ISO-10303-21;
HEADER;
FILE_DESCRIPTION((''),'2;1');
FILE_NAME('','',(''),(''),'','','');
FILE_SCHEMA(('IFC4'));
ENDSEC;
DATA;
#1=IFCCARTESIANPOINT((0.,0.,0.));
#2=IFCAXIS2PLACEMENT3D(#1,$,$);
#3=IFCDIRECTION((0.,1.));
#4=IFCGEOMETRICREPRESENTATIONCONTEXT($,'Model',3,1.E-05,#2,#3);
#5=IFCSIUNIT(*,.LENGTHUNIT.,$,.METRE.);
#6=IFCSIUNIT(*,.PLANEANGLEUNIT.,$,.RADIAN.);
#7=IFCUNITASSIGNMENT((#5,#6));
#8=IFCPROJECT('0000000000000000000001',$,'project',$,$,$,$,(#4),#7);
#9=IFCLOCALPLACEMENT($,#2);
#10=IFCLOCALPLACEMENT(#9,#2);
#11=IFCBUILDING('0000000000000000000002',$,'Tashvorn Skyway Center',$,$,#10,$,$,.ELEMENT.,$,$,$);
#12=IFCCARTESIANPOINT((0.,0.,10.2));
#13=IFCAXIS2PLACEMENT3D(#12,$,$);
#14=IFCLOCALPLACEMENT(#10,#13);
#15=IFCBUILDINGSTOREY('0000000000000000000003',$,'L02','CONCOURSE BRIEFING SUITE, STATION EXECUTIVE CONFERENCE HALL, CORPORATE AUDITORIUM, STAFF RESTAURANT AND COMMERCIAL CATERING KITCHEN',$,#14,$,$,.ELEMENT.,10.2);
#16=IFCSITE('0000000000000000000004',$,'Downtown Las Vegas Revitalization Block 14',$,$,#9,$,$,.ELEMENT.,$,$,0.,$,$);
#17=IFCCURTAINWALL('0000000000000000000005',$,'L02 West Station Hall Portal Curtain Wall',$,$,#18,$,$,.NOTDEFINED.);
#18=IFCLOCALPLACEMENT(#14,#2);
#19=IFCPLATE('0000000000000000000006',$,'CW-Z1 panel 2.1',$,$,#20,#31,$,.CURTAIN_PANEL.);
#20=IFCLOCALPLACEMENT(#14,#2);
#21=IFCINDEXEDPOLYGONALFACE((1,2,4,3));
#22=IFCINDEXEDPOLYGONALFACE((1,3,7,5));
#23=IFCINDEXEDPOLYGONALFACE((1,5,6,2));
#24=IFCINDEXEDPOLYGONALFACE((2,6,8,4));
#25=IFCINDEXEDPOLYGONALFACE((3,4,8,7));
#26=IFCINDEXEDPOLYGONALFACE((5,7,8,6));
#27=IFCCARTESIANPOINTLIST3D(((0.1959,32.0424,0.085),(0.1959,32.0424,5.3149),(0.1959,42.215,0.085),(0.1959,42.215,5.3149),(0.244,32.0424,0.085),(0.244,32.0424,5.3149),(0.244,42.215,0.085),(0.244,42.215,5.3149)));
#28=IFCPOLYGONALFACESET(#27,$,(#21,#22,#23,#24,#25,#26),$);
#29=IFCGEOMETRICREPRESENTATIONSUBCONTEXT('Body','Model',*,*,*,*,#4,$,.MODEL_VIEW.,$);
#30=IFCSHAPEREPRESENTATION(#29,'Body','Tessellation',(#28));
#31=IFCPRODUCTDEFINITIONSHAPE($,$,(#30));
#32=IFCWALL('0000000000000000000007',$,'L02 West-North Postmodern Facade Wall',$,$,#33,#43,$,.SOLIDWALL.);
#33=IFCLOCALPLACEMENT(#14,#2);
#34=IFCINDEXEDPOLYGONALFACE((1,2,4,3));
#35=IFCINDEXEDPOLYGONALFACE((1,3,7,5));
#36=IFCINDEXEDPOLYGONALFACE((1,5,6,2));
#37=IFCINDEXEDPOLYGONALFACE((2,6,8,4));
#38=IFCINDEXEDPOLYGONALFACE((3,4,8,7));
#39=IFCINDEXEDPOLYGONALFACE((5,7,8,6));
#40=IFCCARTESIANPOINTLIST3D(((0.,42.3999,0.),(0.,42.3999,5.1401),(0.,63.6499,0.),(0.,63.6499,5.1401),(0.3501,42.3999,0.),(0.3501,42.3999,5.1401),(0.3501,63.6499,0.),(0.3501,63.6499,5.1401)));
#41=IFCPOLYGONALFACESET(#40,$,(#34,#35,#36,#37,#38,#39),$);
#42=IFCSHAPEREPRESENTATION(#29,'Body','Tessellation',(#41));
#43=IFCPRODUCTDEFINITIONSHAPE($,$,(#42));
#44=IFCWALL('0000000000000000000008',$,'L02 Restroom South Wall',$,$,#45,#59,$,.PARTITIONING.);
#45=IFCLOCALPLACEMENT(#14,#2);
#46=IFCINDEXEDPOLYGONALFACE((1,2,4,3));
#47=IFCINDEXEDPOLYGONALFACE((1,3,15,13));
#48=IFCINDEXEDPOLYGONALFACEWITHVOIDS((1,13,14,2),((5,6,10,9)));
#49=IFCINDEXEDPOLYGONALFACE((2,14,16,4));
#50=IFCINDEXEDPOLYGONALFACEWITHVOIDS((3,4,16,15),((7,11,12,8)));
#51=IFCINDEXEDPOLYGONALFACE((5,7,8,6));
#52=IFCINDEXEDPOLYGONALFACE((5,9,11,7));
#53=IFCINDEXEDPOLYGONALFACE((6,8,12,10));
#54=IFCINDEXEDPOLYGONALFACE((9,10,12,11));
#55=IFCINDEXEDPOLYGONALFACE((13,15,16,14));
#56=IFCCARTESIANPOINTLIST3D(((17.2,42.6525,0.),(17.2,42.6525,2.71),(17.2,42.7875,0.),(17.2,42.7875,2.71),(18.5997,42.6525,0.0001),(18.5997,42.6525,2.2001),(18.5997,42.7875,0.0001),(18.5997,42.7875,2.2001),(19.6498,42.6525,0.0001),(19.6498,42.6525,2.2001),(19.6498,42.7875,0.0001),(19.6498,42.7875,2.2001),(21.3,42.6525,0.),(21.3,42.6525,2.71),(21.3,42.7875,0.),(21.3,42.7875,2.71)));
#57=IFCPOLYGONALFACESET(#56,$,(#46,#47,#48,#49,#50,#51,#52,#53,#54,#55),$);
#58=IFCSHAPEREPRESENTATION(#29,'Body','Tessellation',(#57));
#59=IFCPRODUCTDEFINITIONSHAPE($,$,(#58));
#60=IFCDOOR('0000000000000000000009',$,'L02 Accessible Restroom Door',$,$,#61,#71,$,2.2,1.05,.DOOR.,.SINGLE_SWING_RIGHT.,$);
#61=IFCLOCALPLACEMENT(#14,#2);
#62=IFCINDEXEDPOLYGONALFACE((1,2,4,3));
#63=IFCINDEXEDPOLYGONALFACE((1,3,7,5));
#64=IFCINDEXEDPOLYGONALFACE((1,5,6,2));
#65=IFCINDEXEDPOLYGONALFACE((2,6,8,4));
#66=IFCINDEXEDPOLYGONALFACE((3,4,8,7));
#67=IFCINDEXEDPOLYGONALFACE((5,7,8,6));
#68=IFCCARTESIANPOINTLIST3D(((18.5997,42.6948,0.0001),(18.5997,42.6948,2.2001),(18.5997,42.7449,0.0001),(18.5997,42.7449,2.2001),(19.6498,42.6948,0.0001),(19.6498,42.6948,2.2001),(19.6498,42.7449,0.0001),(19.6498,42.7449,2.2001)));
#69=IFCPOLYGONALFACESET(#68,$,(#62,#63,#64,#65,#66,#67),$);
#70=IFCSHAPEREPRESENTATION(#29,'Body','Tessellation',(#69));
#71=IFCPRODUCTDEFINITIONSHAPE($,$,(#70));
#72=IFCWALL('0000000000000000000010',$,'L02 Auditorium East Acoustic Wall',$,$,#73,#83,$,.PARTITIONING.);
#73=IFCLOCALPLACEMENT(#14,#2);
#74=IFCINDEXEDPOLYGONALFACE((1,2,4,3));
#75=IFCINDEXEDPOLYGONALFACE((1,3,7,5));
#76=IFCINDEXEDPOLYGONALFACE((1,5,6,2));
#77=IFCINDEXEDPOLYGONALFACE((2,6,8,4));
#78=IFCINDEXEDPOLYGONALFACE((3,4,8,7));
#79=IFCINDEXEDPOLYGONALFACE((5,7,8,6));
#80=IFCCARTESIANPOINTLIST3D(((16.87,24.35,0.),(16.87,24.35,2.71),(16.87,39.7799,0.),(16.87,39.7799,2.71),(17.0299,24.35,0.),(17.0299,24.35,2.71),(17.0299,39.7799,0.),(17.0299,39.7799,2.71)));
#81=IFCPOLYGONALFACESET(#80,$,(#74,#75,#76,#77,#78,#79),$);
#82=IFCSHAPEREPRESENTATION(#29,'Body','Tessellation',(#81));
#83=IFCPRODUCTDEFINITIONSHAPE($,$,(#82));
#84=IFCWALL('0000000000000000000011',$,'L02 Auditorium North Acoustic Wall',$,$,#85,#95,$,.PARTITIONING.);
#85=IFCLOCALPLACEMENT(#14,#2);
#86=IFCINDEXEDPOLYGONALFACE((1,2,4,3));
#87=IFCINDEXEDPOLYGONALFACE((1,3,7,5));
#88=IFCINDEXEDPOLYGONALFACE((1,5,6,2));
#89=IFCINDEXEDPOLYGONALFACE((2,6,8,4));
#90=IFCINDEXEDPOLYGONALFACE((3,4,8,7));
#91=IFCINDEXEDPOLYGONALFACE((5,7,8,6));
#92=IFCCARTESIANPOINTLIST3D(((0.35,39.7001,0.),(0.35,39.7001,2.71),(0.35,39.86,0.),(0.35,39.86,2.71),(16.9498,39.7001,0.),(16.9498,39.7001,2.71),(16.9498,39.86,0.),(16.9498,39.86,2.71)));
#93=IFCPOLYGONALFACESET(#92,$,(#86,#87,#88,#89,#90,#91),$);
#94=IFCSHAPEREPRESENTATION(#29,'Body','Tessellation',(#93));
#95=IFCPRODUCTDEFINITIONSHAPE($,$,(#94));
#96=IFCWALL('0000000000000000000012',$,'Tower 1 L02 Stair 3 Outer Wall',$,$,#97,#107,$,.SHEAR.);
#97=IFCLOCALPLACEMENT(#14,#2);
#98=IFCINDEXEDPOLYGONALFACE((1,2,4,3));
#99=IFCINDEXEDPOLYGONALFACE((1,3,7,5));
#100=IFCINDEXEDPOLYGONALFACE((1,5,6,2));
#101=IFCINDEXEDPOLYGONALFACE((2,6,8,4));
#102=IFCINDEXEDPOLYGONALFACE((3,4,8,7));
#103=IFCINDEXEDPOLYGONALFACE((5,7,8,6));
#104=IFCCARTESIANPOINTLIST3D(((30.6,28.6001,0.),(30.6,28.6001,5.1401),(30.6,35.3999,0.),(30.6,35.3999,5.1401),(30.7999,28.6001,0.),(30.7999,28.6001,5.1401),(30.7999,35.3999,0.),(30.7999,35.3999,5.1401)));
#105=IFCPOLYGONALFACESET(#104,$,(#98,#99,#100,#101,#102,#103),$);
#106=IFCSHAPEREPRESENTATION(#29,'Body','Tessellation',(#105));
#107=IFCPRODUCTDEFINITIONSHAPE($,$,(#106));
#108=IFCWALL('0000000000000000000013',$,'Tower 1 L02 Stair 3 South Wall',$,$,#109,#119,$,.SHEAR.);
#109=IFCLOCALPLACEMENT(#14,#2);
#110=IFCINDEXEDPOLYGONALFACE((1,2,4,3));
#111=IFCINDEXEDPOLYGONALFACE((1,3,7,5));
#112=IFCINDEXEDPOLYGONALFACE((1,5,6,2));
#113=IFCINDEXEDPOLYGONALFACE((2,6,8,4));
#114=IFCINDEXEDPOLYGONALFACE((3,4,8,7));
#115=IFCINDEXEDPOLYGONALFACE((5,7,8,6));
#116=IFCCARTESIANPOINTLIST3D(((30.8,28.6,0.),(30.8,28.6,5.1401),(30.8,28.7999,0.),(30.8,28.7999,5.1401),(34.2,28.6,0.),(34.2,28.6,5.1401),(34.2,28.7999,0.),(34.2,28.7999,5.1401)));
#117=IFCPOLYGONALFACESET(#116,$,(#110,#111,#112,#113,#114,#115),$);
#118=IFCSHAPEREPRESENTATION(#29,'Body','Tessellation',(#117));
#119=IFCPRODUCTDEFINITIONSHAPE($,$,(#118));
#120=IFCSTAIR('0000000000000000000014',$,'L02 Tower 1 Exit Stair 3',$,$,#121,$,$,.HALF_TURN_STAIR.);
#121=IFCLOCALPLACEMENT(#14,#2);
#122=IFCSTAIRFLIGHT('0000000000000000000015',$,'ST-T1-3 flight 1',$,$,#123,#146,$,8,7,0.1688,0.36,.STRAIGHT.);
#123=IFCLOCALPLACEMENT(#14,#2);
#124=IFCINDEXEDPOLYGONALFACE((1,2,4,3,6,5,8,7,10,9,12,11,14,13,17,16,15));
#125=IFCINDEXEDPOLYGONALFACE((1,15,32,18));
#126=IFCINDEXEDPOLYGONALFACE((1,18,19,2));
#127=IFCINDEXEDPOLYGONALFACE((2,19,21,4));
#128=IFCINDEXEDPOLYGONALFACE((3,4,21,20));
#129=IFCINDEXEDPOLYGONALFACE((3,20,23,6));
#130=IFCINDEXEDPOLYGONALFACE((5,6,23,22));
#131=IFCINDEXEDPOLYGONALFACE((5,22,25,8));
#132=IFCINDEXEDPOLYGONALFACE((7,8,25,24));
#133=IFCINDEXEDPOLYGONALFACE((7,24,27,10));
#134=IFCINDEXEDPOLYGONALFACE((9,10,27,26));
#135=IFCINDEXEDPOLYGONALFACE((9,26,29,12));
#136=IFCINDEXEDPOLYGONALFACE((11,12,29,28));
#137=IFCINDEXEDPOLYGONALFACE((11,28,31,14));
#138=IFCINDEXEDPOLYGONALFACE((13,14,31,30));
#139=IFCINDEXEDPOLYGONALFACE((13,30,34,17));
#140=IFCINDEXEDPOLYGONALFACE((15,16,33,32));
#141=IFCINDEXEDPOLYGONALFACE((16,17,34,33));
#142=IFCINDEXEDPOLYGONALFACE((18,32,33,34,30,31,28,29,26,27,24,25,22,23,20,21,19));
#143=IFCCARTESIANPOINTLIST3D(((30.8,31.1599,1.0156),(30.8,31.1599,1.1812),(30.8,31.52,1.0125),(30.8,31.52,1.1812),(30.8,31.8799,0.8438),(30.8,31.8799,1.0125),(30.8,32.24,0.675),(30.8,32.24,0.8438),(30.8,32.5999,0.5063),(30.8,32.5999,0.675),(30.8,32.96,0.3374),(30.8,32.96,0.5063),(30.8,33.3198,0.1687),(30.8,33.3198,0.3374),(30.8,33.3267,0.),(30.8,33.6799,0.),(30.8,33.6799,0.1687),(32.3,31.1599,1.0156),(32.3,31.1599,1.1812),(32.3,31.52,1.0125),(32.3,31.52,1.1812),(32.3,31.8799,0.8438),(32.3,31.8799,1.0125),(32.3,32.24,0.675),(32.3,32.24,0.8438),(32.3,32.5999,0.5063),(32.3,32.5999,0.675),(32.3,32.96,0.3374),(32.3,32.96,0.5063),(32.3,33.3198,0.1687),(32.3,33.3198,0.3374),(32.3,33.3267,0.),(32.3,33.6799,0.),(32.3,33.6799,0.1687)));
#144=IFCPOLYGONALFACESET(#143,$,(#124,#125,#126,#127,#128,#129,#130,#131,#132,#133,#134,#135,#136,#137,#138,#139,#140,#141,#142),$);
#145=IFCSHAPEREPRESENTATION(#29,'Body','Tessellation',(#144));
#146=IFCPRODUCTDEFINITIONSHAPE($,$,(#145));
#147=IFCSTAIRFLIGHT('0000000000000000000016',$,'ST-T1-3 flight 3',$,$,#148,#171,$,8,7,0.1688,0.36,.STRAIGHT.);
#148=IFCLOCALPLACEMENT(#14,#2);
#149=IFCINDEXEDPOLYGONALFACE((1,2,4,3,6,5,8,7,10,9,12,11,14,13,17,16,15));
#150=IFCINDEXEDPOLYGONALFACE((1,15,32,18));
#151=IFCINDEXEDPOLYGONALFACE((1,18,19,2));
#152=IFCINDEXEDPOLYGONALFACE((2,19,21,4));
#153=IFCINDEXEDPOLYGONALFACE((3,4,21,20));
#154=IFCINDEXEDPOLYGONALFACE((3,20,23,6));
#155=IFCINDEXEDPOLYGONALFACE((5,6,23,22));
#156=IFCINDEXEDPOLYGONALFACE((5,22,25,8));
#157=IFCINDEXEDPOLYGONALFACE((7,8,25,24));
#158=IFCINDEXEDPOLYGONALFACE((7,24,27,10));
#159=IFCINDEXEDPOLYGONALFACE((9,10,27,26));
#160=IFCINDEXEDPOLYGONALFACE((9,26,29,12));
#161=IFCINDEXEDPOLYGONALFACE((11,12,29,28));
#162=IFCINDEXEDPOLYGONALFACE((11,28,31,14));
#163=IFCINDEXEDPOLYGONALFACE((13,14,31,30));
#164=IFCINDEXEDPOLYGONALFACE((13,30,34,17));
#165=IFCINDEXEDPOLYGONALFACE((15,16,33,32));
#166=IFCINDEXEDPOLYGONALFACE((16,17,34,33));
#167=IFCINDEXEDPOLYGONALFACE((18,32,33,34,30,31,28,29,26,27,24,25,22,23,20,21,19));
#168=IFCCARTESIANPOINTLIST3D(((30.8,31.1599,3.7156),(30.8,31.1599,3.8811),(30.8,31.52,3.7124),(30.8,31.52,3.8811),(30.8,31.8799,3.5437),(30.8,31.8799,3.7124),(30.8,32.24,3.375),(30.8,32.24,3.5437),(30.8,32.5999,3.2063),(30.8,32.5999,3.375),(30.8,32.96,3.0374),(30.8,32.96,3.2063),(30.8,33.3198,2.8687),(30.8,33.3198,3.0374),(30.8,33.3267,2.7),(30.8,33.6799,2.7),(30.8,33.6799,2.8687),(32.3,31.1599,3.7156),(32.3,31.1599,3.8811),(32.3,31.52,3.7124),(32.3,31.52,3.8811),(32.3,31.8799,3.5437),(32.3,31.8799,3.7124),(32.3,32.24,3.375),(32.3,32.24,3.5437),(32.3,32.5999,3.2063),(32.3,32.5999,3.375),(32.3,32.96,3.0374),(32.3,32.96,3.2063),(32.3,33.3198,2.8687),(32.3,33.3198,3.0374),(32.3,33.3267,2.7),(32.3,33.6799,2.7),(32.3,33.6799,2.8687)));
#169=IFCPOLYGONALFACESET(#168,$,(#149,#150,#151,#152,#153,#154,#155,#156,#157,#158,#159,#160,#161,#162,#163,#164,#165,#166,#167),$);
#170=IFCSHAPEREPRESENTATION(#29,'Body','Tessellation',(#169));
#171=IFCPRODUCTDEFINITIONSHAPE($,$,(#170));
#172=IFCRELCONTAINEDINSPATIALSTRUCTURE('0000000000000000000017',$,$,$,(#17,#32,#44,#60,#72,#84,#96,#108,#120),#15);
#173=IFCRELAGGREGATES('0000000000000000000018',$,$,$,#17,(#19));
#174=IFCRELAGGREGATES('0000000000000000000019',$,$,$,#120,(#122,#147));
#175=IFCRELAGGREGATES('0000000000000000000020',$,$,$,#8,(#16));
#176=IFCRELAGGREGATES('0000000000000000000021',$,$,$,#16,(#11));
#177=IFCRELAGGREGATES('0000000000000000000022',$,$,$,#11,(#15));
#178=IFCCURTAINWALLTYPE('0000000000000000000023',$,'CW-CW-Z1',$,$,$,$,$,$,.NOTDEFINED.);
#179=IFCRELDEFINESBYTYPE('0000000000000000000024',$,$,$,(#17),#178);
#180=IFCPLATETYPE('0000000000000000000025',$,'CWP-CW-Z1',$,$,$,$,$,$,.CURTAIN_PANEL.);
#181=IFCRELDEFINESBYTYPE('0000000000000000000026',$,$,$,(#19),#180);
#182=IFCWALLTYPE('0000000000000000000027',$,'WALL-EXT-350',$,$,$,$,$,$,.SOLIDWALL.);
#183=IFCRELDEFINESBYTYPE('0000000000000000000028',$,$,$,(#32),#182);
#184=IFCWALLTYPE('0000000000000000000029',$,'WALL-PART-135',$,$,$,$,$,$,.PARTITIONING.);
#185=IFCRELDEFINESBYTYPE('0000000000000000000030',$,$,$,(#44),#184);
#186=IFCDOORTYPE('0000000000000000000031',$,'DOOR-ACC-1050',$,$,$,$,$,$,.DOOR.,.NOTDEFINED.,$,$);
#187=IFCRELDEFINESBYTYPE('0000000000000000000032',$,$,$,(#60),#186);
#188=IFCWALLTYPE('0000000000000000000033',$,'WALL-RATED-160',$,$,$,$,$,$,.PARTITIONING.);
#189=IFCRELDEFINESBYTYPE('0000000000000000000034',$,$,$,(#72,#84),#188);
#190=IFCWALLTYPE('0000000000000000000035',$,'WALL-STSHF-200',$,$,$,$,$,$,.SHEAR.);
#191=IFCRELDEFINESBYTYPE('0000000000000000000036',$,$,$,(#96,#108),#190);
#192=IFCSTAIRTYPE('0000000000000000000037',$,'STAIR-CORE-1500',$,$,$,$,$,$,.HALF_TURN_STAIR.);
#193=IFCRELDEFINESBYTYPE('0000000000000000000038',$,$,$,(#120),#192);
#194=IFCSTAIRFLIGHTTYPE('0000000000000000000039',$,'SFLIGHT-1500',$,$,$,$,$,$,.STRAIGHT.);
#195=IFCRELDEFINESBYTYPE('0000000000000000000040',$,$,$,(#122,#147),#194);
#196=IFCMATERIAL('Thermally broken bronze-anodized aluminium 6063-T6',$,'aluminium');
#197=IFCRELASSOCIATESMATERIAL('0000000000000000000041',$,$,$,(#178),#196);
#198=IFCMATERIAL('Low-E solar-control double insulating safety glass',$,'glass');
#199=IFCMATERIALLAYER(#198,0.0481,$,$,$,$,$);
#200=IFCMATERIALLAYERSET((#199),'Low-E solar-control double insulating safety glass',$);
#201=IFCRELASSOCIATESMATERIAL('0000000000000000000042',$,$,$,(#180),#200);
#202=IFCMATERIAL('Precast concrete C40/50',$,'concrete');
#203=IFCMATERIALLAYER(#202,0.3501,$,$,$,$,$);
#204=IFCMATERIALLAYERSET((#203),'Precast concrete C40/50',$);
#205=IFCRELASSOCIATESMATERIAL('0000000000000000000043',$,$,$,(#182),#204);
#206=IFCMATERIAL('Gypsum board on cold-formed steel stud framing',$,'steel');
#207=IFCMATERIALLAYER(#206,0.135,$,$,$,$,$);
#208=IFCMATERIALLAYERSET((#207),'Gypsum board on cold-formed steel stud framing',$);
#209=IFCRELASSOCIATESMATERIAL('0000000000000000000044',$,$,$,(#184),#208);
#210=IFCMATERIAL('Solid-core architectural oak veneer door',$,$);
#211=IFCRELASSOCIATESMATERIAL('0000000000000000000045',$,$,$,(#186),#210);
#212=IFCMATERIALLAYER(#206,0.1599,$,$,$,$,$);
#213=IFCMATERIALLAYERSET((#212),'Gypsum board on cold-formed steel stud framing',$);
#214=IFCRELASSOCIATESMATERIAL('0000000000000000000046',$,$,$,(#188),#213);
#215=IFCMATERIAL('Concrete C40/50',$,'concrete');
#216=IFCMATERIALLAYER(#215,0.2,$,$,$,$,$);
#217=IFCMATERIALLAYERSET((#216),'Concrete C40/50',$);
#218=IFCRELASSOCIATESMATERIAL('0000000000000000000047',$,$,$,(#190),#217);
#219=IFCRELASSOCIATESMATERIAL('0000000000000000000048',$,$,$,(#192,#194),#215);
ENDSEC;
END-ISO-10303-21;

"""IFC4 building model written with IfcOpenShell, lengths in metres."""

from ifc_helpers import new_model, si_unit, direction, frame, frame_2d, origin, origin_2d, place, context, subcontext, project, spatial, polyline, rectangle, outline, extrude, material, layer, layer_set, type_object, element, fill, aggregate, save


model = new_model("IFC4")

# Units and contexts
model_context = context("Model", 3, precision=1e-05, world=origin(), true_north=direction((0.0, 1.0)))
body_context = subcontext(model_context, "Body", "Model", "MODEL_VIEW")
ifc_project = project(units=[si_unit("LENGTHUNIT", "METRE"), si_unit("PLANEANGLEUNIT", "RADIAN")], contexts=[model_context])

# Site, building, storey
site_placement = place(None, origin())
site = spatial("IfcSite", under=ifc_project, at=site_placement, Name="Downtown Las Vegas Revitalization Block 14", CompositionType="ELEMENT", RefElevation=0.0)
building_placement = place(site_placement, origin())
building = spatial("IfcBuilding", under=site, at=building_placement, Name="Tashvorn Skyway Center", CompositionType="ELEMENT")
storey_placement = place(building_placement, frame((0.0, 0.0, 10.2)))
storey = spatial("IfcBuildingStorey", under=building, at=storey_placement, Name="L02", Description="CONCOURSE BRIEFING SUITE, STATION EXECUTIVE CONFERENCE HALL, CORPORATE AUDITORIUM, STAFF RESTAURANT AND COMMERCIAL CATERING KITCHEN", CompositionType="ELEMENT", Elevation=10.2)

# Shared definitions
ifc_material_1 = material(Name="Precast concrete C40/50", Category="concrete")

# Curtain wall, plate
ifc_material_2 = material(Name="Thermally broken bronze-anodized aluminium 6063-T6", Category="aluminium")
curtain_wall_type = type_object("IfcCurtainWallType", Name="CW-CW-Z1", PredefinedType="NOTDEFINED", material=ifc_material_2)
curtain_wall_placement = place(storey_placement, origin())
curtain_wall = element("IfcCurtainWall", 1, at=curtain_wall_placement, inside=storey, type_object=curtain_wall_type, Name="L02 West Station Hall Portal Curtain Wall", PredefinedType="NOTDEFINED")
ifc_material_3 = material(Name="Low-E solar-control double insulating safety glass", Category="glass")
ifc_layer_1 = layer(ifc_material_3, 0.0481)
ifc_layer_set_1 = layer_set([ifc_layer_1], Name="Low-E solar-control double insulating safety glass")
plate_type = type_object("IfcPlateType", Name="CWP-CW-Z1", PredefinedType="CURTAIN_PANEL", material=ifc_layer_set_1)
plate_1_placement = place(storey_placement, frame((0.22, 37.1287, 0.085), z_axis=(0.0, 0.0, 1.0), x_axis=(0.0, 1.0, 0.0)))
plate_1 = element("IfcPlate", 2, at=plate_1_placement, type_object=plate_type, Name="CW-Z1 panel 2.1", PredefinedType="CURTAIN_PANEL", context=body_context, shape_type="SweptSolid", body=[
    extrude(rectangle(XDim=10.1726, YDim=0.0481, at=origin_2d()), origin(), (0.0, 0.0, 1.0), 5.23),
])
aggregate(curtain_wall, [plate_1])

# Wall
ifc_layer_2 = layer(ifc_material_1, 0.3501)
ifc_layer_set_2 = layer_set([ifc_layer_2], Name="Precast concrete C40/50")
wall_type_1 = type_object("IfcWallType", Name="WALL-EXT-350", PredefinedType="SOLIDWALL", material=ifc_layer_set_2)
wall_1_placement = place(storey_placement, frame((0.175, 42.3999, 0.0), z_axis=(0.0, 0.0, 1.0), x_axis=(0.0, 1.0, 0.0)))
element("IfcWall", 3, at=wall_1_placement, inside=storey, type_object=wall_type_1, Name="L02 West-North Postmodern Facade Wall", PredefinedType="SOLIDWALL", context=body_context, shape_type="SweptSolid", body=[
    extrude(rectangle(XDim=21.25, YDim=0.3501, at=frame_2d((10.625, 0.0))), origin(), (0.0, 0.0, 1.0), 5.1401),
])

# Wall, opening, door
ifc_material_4 = material(Name="Gypsum board on cold-formed steel stud framing", Category="steel")
ifc_layer_3 = layer(ifc_material_4, 0.135)
ifc_layer_set_3 = layer_set([ifc_layer_3], Name="Gypsum board on cold-formed steel stud framing")
wall_type_2 = type_object("IfcWallType", Name="WALL-PART-135", PredefinedType="PARTITIONING", material=ifc_layer_set_3)
wall_2_placement = place(storey_placement, frame((17.2, 42.72, 0.0), z_axis=(0.0, 0.0, 1.0), x_axis=(1.0, 0.0, 0.0)))
wall_2 = element("IfcWall", 4, at=wall_2_placement, inside=storey, type_object=wall_type_2, Name="L02 Restroom South Wall", PredefinedType="PARTITIONING", context=body_context, shape_type="SweptSolid", body=[
    extrude(rectangle(XDim=4.1001, YDim=0.135, at=frame_2d((2.05, 0.0))), origin(), (0.0, 0.0, 1.0), 2.71),
])
opening_1_placement = place(wall_2_placement, frame((1.3999, 0.0, 0.0)))
opening_1 = element("IfcOpeningElement", 5, at=opening_1_placement, cuts=wall_2, PredefinedType="OPENING", context=body_context, shape_type="SweptSolid", body=[
    extrude(rectangle(XDim=1.05, YDim=2.2, at=frame_2d((0.5249, 1.1001))), frame((0.0, 0.0774, 0.0), z_axis=(0.0, -1.0, 0.0), x_axis=(1.0, 0.0, 0.0)), (0.0, 0.0, 1.0), 0.155),
])
ifc_material_5 = material(Name="Solid-core architectural oak veneer door")
door_type_1 = type_object("IfcDoorType", Name="DOOR-ACC-1050", OperationType="NOTDEFINED", PredefinedType="DOOR", material=ifc_material_5)
door_1_placement = place(opening_1_placement, origin())
door_1 = element("IfcDoor", 6, at=door_1_placement, inside=storey, type_object=door_type_1, Name="L02 Accessible Restroom Door", OperationType="SINGLE_SWING_RIGHT", OverallHeight=2.2, OverallWidth=1.05, PredefinedType="DOOR", context=body_context, shape_type="SweptSolid", body=[
    extrude(rectangle(XDim=1.05, YDim=2.2, at=frame_2d((0.5249, 1.1001))), frame((0.0, 0.0249, 0.0), z_axis=(0.0, -1.0, 0.0), x_axis=(1.0, 0.0, 0.0)), (0.0, 0.0, 1.0), 0.05),
])
fill(opening_1, door_1)

# Shared definitions
ifc_layer_4 = layer(ifc_material_4, 0.1599)
ifc_layer_set_4 = layer_set([ifc_layer_4], Name="Gypsum board on cold-formed steel stud framing")
wall_type_3 = type_object("IfcWallType", Name="WALL-RATED-160", PredefinedType="PARTITIONING", material=ifc_layer_set_4)

# Walls
wall_3_placement = place(storey_placement, frame((16.95, 24.3501, 0.0), z_axis=(0.0, 0.0, 1.0), x_axis=(0.0, 1.0, 0.0)))
element("IfcWall", 7, at=wall_3_placement, inside=storey, type_object=wall_type_3, Name="L02 Auditorium East Acoustic Wall", PredefinedType="PARTITIONING", context=body_context, shape_type="SweptSolid", body=[
    extrude(rectangle(XDim=15.4299, YDim=0.1599, at=frame_2d((7.7148, 0.0))), origin(), (0.0, 0.0, 1.0), 2.71),
])
wall_4_placement = place(storey_placement, frame((0.3501, 39.78, 0.0), z_axis=(0.0, 0.0, 1.0), x_axis=(1.0, 0.0, 0.0)))
element("IfcWall", 8, at=wall_4_placement, inside=storey, type_object=wall_type_3, Name="L02 Auditorium North Acoustic Wall", PredefinedType="PARTITIONING", context=body_context, shape_type="SweptSolid", body=[
    extrude(rectangle(XDim=16.5999, YDim=0.1599, at=frame_2d((8.2998, 0.0))), origin(), (0.0, 0.0, 1.0), 2.71),
])
ifc_material_6 = material(Name="Concrete C40/50", Category="concrete")
ifc_layer_5 = layer(ifc_material_6, 0.2)
ifc_layer_set_5 = layer_set([ifc_layer_5], Name="Concrete C40/50")
wall_type_4 = type_object("IfcWallType", Name="WALL-STSHF-200", PredefinedType="SHEAR", material=ifc_layer_set_5)
wall_5_placement = place(storey_placement, frame((30.7, 28.6001, 0.0), z_axis=(0.0, 0.0, 1.0), x_axis=(0.0, 1.0, 0.0)))
element("IfcWall", 9, at=wall_5_placement, inside=storey, type_object=wall_type_4, Name="Tower 1 L02 Stair 3 Outer Wall", PredefinedType="SHEAR", context=body_context, shape_type="SweptSolid", body=[
    extrude(rectangle(XDim=6.7998, YDim=0.2, at=frame_2d((3.3999, 0.0))), origin(), (0.0, 0.0, 1.0), 5.1401),
])
wall_6_placement = place(storey_placement, frame((30.8, 28.7, 0.0), z_axis=(0.0, 0.0, 1.0), x_axis=(1.0, 0.0, 0.0)))
element("IfcWall", 10, at=wall_6_placement, inside=storey, type_object=wall_type_4, Name="Tower 1 L02 Stair 3 South Wall", PredefinedType="SHEAR", context=body_context, shape_type="SweptSolid", body=[
    extrude(rectangle(XDim=3.3999, YDim=0.2, at=frame_2d((1.7, 0.0))), origin(), (0.0, 0.0, 1.0), 5.1401),
])

# Stair, stair flights
stair_type = type_object("IfcStairType", Name="STAIR-CORE-1500", PredefinedType="HALF_TURN_STAIR", material=ifc_material_6)
stair_placement = place(storey_placement, origin())
stair = element("IfcStair", 11, at=stair_placement, inside=storey, type_object=stair_type, Name="L02 Tower 1 Exit Stair 3", PredefinedType="HALF_TURN_STAIR")
stair_flight_type = type_object("IfcStairFlightType", Name="SFLIGHT-1500", PredefinedType="STRAIGHT", material=ifc_material_6)
stair_flight_1_placement = place(storey_placement, frame((31.55, 33.6799, 0.0), z_axis=(0.0, 0.0, 1.0), x_axis=(0.0, -1.0, 0.0)))
stair_flight_1 = element("IfcStairFlight", 12, at=stair_flight_1_placement, type_object=stair_flight_type, Name="ST-T1-3 flight 1", NumberOfRisers=8, NumberOfTreads=7, PredefinedType="STRAIGHT", RiserHeight=0.1688, TreadLength=0.36, context=body_context, shape_type="SweptSolid", body=[
    extrude(outline(polyline([(0.0, 0.0), (0.0, 0.1687), (0.3601, 0.1687), (0.3601, 0.3374), (0.72, 0.3374), (0.72, 0.5063), (1.0801, 0.5063), (1.0801, 0.675), (1.4399, 0.675), (1.4399, 0.8438), (1.8, 0.8438), (1.8, 1.0125), (2.1599, 1.0125), (2.1599, 1.1812), (2.52, 1.1812), (2.52, 1.3501), (2.52, 1.0156), (0.3533, 0.0), (0.0, 0.0)])), frame((0.0, 0.75, 0.0), z_axis=(0.0, -1.0, 0.0), x_axis=(1.0, 0.0, 0.0)), (0.0, 0.0, 1.0), 1.5),
])
stair_flight_2_placement = place(storey_placement, frame((31.55, 33.6799, 2.7), z_axis=(0.0, 0.0, 1.0), x_axis=(0.0, -1.0, 0.0)))
stair_flight_2 = element("IfcStairFlight", 13, at=stair_flight_2_placement, type_object=stair_flight_type, Name="ST-T1-3 flight 3", NumberOfRisers=8, NumberOfTreads=7, PredefinedType="STRAIGHT", RiserHeight=0.1688, TreadLength=0.36, context=body_context, shape_type="SweptSolid", body=[
    extrude(outline(polyline([(0.0, 0.0), (0.0, 0.1687), (0.3601, 0.1687), (0.3601, 0.3374), (0.72, 0.3374), (0.72, 0.5063), (1.0801, 0.5063), (1.0801, 0.675), (1.4399, 0.675), (1.4399, 0.8438), (1.8, 0.8438), (1.8, 1.0125), (2.1599, 1.0125), (2.1599, 1.1812), (2.52, 1.1812), (2.52, 1.3501), (2.52, 1.0156), (0.3533, 0.0), (0.0, 0.0)])), frame((0.0, 0.75, 0.0), z_axis=(0.0, -1.0, 0.0), x_axis=(1.0, 0.0, 0.0)), (0.0, 0.0, 1.0), 1.5),
])
aggregate(stair, [stair_flight_1, stair_flight_2])

save(model, "model.ifc")
